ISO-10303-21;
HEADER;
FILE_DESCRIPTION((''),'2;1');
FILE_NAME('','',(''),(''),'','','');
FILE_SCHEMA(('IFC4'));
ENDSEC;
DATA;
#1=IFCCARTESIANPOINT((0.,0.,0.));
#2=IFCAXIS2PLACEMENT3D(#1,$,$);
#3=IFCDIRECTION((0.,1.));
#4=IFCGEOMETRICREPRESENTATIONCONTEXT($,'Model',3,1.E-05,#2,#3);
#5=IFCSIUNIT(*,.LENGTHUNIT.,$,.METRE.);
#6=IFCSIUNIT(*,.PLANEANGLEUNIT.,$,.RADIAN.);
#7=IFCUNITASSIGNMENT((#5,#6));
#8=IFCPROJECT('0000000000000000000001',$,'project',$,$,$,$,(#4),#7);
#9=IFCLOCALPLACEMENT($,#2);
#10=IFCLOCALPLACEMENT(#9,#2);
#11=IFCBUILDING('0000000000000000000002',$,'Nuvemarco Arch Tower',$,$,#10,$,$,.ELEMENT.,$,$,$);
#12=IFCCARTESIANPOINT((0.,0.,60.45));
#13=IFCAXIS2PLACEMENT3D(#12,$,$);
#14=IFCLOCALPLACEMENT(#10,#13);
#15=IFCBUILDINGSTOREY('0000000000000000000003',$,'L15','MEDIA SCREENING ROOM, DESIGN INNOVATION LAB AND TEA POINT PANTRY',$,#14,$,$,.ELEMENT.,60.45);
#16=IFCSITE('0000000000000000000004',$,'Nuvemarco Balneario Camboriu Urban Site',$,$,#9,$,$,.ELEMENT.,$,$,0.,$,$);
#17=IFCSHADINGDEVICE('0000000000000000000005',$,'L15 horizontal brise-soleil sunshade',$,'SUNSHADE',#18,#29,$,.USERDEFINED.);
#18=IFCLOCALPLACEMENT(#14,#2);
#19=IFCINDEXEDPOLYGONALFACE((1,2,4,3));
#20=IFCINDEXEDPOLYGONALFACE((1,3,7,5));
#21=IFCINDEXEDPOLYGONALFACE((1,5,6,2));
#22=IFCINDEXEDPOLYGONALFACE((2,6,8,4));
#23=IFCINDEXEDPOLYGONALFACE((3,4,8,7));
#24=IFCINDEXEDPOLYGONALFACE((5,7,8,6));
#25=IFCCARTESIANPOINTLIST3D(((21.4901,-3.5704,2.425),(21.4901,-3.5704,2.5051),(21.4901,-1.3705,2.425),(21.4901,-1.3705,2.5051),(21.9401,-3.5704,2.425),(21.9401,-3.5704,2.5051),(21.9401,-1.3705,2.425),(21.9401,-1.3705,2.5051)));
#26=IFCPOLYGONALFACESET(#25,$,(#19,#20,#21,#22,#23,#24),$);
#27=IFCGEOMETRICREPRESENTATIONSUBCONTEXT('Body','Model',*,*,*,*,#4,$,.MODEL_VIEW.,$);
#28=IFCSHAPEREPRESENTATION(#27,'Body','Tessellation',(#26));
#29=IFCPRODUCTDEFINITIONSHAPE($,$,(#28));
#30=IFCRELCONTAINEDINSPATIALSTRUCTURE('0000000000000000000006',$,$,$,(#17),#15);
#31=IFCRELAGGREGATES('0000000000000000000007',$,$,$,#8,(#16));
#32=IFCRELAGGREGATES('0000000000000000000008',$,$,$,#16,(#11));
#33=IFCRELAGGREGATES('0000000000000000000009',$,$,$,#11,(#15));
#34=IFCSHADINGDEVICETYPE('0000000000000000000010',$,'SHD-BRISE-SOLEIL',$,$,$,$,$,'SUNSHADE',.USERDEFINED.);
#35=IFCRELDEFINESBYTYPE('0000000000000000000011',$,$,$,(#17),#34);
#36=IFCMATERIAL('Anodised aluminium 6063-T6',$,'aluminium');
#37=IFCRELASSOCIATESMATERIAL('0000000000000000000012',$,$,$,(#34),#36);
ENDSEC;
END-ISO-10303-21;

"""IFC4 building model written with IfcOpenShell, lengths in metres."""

from ifc_helpers import new_model, si_unit, direction, frame, origin, origin_2d, place, context, subcontext, project, spatial, rectangle, extrude, source, transform, mapped, material, type_object, type_shapes, element, save


model = new_model("IFC4")

# Units and contexts
model_context = context("Model", 3, precision=1e-05, world=origin(), true_north=direction((0.0, 1.0)))
body_context = subcontext(model_context, "Body", "Model", "MODEL_VIEW")
ifc_project = project(units=[si_unit("LENGTHUNIT", "METRE"), si_unit("PLANEANGLEUNIT", "RADIAN")], contexts=[model_context])

# Site, building, storey
site_placement = place(None, origin())
site = spatial("IfcSite", under=ifc_project, at=site_placement, Name="Nuvemarco Balneario Camboriu Urban Site", CompositionType="ELEMENT", RefElevation=0.0)
building_placement = place(site_placement, origin())
building = spatial("IfcBuilding", under=site, at=building_placement, Name="Nuvemarco Arch Tower", CompositionType="ELEMENT")
storey_placement = place(building_placement, frame((0.0, 0.0, 60.45)))
storey = spatial("IfcBuildingStorey", under=building, at=storey_placement, Name="L15", Description="MEDIA SCREENING ROOM, DESIGN INNOVATION LAB AND TEA POINT PANTRY", CompositionType="ELEMENT", Elevation=60.45)

# Shading device
ifc_material_1 = material(Name="Anodised aluminium 6063-T6", Category="aluminium")
shading_device_type = type_object("IfcShadingDeviceType", Name="SHD-BRISE-SOLEIL", ElementType="SUNSHADE", PredefinedType="USERDEFINED", material=ifc_material_1)
shared_shape_1 = source(origin(), body_context, "Body", "SweptSolid", [
    extrude(rectangle(XDim=2.2, YDim=0.45, at=origin_2d()), origin(), (0.0, 0.0, 1.0), 0.0801),
])
type_shapes(shading_device_type, [shared_shape_1])
for number, where, z_axis, x_axis, name in (
    (1, (21.7151, -2.4705, 2.425), (0.0, 0.0, 1.0), (0.0, 1.0, 0.0), "L15 horizontal brise-soleil sunshade"),
):
    element("IfcShadingDevice", number, at=place(storey_placement, frame(where, z_axis=z_axis, x_axis=x_axis)), inside=storey, type_object=shading_device_type, Name=name, ObjectType="SUNSHADE", PredefinedType="USERDEFINED", context=body_context, shape_type="MappedRepresentation", body=[
        mapped(shared_shape_1, transform((0.0, 0.0, 0.0), scale=1.0)),
    ])

save(model, "model.ifc")
